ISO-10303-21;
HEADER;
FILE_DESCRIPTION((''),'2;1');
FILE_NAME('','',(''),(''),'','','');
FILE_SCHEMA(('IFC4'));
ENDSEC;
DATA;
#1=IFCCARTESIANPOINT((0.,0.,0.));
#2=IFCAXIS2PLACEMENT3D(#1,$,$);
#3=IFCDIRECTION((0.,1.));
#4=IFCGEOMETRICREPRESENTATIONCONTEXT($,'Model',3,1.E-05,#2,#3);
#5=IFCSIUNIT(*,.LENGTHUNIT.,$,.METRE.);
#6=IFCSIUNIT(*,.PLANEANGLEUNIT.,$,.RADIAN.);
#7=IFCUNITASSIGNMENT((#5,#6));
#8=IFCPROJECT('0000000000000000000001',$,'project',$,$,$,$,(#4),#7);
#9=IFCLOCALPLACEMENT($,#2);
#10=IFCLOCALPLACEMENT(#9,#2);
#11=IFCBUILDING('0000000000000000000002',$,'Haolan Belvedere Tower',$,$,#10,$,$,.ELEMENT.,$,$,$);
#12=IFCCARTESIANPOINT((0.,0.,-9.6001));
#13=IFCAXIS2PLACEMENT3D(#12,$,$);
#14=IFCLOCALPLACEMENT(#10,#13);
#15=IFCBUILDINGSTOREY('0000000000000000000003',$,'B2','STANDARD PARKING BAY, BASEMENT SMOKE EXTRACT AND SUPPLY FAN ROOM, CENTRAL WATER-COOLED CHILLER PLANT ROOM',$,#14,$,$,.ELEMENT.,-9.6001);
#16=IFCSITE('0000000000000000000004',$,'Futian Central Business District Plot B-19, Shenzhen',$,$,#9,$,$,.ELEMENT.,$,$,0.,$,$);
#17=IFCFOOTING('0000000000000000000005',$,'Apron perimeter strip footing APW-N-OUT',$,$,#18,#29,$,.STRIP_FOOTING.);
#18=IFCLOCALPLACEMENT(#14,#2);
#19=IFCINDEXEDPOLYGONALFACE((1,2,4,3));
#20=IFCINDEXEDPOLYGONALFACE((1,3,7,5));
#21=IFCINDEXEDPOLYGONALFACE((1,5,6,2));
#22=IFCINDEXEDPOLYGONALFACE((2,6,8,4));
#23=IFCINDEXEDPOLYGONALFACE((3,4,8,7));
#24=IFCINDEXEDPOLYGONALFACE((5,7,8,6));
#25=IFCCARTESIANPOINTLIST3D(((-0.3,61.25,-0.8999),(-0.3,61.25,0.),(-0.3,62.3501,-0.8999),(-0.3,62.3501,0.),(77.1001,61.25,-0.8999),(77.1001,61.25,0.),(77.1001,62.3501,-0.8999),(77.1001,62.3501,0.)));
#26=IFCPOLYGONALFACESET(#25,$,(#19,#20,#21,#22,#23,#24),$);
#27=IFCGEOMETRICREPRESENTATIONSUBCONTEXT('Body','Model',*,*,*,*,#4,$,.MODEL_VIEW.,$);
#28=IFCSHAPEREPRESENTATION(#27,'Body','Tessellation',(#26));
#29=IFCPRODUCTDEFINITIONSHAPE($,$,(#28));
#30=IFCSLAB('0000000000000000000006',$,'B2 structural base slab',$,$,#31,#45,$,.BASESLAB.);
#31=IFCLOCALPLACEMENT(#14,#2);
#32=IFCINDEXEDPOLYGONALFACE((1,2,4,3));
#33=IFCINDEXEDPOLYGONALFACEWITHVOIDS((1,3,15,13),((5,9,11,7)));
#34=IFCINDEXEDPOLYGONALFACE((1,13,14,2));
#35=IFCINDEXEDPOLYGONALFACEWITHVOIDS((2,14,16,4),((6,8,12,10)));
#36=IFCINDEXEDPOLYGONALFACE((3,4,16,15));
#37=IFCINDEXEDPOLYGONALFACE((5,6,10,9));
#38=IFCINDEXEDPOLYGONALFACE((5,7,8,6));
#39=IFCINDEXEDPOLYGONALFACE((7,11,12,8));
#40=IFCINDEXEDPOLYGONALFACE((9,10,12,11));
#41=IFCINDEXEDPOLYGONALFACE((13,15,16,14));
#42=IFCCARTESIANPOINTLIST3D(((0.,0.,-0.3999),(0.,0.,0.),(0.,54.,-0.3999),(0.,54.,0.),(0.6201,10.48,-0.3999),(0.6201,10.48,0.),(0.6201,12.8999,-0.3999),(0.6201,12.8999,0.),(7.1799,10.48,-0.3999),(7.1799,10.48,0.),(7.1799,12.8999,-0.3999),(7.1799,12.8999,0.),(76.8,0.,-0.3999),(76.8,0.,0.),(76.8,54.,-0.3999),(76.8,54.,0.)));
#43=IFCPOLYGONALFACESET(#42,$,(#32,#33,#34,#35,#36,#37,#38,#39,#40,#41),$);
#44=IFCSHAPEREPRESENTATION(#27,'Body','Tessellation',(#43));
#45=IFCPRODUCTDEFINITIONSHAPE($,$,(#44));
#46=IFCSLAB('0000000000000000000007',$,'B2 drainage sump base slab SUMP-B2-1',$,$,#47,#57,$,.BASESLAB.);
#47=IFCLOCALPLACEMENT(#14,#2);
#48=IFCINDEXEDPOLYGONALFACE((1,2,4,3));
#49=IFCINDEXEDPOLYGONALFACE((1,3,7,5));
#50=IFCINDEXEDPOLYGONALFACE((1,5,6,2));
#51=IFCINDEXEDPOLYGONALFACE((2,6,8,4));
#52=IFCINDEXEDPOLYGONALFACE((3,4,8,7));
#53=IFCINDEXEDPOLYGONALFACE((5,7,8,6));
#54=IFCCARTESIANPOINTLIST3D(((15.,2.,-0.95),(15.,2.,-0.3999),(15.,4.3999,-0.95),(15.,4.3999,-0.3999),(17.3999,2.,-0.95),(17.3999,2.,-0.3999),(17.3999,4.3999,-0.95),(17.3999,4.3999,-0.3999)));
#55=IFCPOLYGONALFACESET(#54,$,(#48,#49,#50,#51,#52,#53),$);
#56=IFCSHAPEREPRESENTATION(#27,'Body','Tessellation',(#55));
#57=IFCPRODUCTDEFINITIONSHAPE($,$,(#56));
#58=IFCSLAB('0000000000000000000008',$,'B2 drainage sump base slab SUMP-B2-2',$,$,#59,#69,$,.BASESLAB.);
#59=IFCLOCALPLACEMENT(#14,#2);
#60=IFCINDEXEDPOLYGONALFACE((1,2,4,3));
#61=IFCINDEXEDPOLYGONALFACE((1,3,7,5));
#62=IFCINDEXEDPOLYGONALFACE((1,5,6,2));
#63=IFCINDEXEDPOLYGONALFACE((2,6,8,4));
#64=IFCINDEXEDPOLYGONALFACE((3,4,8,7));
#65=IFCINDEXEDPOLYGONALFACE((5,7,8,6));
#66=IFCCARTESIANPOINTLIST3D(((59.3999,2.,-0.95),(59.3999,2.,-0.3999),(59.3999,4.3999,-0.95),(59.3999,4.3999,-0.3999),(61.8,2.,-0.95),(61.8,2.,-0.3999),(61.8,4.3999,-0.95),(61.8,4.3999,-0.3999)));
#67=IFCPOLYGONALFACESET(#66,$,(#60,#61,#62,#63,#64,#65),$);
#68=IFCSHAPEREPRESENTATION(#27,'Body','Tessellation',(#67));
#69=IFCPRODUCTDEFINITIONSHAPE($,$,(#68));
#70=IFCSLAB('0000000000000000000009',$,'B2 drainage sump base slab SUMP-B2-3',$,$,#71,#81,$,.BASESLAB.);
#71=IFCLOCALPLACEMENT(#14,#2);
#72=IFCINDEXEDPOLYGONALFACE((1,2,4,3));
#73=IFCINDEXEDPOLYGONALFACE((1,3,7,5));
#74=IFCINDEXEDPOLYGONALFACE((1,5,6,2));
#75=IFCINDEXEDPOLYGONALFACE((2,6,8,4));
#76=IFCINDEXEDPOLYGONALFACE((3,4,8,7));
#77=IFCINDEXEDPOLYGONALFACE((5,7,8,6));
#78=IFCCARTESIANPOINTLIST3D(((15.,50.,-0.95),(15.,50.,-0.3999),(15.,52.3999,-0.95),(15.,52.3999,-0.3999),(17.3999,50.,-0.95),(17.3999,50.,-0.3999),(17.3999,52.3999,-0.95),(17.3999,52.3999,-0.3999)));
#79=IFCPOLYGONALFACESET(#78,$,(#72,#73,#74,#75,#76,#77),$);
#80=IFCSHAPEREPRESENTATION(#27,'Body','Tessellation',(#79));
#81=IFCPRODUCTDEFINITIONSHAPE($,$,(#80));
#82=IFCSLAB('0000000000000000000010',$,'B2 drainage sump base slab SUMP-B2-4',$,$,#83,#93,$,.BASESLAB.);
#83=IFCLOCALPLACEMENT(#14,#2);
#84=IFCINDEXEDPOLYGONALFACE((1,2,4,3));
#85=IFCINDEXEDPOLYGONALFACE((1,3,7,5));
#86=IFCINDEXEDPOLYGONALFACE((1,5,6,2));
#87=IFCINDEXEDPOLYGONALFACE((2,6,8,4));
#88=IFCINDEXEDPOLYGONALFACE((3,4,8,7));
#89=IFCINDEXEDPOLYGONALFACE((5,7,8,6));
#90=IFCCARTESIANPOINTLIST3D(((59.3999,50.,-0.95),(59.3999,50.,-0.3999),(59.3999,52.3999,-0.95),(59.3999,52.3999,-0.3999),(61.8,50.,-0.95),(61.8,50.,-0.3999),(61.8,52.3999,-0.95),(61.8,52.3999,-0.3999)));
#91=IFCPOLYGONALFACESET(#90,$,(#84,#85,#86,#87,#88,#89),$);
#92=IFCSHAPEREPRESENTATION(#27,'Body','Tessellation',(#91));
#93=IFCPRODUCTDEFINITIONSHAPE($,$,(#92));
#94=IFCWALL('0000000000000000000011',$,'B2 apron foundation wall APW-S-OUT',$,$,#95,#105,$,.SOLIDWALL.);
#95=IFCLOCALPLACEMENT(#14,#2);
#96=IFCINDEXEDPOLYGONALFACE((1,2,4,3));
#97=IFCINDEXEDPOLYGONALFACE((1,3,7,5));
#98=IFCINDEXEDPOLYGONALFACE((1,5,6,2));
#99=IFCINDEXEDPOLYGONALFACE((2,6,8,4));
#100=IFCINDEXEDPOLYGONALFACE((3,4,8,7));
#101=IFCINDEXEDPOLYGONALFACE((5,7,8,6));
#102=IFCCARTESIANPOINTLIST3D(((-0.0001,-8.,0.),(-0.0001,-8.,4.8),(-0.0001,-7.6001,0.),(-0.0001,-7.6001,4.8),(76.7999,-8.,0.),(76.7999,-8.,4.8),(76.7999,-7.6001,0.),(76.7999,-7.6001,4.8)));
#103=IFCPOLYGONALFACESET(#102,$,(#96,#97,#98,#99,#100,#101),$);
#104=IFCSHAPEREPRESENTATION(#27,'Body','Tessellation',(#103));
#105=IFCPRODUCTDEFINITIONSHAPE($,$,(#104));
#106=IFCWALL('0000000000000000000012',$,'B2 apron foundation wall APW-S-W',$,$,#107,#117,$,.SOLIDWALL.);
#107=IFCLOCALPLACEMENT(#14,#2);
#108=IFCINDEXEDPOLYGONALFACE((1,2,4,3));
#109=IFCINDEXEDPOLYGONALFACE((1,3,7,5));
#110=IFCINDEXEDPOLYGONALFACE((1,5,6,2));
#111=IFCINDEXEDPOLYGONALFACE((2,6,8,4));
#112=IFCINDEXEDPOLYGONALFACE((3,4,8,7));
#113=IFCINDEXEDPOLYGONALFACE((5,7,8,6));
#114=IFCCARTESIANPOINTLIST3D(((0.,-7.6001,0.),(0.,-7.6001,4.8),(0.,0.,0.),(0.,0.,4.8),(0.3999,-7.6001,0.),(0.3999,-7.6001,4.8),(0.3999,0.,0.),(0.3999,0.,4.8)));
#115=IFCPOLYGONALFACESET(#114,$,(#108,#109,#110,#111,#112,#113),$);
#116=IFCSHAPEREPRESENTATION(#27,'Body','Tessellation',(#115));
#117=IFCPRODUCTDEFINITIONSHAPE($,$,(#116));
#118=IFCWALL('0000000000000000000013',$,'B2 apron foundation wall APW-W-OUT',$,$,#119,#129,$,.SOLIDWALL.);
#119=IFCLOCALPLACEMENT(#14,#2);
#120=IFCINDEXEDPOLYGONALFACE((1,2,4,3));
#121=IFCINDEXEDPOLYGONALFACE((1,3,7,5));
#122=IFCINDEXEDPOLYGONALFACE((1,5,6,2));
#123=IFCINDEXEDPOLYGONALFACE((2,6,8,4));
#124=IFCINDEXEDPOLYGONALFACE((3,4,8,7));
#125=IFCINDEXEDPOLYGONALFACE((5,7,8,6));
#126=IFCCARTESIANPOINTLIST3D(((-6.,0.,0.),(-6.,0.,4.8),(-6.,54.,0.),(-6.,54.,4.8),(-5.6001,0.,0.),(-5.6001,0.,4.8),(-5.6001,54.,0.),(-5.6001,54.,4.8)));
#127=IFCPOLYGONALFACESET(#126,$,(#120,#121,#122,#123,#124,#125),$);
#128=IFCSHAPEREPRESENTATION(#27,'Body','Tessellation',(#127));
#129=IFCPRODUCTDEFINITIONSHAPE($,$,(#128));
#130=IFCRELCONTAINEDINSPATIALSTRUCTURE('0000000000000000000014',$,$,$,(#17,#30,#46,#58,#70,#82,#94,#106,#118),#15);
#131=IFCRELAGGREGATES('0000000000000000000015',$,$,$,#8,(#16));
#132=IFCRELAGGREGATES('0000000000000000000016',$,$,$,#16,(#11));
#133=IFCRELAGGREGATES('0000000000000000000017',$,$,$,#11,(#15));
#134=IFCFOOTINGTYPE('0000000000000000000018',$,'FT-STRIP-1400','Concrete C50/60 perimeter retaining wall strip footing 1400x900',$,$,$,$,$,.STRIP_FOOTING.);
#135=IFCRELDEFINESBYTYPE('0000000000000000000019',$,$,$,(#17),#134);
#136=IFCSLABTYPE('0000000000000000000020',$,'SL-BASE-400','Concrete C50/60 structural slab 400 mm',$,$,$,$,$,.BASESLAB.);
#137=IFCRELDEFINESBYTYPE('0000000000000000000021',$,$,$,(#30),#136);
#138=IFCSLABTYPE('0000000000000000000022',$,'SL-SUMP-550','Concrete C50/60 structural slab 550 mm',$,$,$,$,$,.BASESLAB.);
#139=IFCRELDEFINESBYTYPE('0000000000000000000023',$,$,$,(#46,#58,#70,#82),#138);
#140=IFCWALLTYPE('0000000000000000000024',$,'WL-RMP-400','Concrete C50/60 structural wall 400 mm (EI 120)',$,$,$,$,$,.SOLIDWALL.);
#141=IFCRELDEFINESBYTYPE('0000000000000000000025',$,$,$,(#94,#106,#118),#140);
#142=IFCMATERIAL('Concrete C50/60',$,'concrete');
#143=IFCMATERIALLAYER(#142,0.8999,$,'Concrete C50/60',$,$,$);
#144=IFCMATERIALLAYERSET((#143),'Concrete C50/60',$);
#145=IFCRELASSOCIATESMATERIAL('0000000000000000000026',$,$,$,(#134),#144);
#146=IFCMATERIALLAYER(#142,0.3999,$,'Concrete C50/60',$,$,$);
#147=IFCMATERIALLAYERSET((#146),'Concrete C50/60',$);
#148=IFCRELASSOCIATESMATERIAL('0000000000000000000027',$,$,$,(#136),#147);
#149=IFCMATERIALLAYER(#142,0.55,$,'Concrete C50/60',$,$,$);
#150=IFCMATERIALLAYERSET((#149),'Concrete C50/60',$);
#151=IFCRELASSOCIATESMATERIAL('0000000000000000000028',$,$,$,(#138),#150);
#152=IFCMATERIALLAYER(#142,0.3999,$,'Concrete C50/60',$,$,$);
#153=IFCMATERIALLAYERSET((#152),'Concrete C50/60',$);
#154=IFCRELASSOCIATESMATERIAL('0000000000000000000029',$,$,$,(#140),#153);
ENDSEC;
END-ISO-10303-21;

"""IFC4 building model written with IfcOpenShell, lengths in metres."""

from ifc_helpers import new_model, si_unit, direction, frame, frame_2d, origin, place, context, subcontext, project, spatial, polyline, rectangle, outline, extrude, material, layer, layer_set, type_object, element, save


model = new_model("IFC4")

# Units and contexts
model_context = context("Model", 3, precision=1e-05, world=origin(), true_north=direction((0.0, 1.0)))
body_context = subcontext(model_context, "Body", "Model", "MODEL_VIEW")
ifc_project = project(units=[si_unit("LENGTHUNIT", "METRE"), si_unit("PLANEANGLEUNIT", "RADIAN")], contexts=[model_context])

# Site, building, storey
site_placement = place(None, origin())
site = spatial("IfcSite", under=ifc_project, at=site_placement, Name="Futian Central Business District Plot B-19, Shenzhen", CompositionType="ELEMENT", RefElevation=0.0)
building_placement = place(site_placement, origin())
building = spatial("IfcBuilding", under=site, at=building_placement, Name="Haolan Belvedere Tower", CompositionType="ELEMENT")
storey_placement = place(building_placement, frame((0.0, 0.0, -9.6001)))
storey = spatial("IfcBuildingStorey", under=building, at=storey_placement, Name="B2", Description="STANDARD PARKING BAY, BASEMENT SMOKE EXTRACT AND SUPPLY FAN ROOM, CENTRAL WATER-COOLED CHILLER PLANT ROOM", CompositionType="ELEMENT", Elevation=-9.6001)

# Footing
ifc_material = material(Name="Concrete C50/60", Category="concrete")
ifc_layer_1 = layer(ifc_material, 0.8999, Name="Concrete C50/60")
ifc_layer_set_1 = layer_set([ifc_layer_1], Name="Concrete C50/60")
footing_type_1 = type_object("IfcFootingType", Name="FT-STRIP-1400", Description="Concrete C50/60 perimeter retaining wall strip footing 1400x900", PredefinedType="STRIP_FOOTING", material=ifc_layer_set_1)
footing_1_placement = place(storey_placement, frame((0.0, 0.0, -0.8999)))
element("IfcFooting", 1, at=footing_1_placement, inside=storey, type_object=footing_type_1, Name="Apron perimeter strip footing APW-N-OUT", PredefinedType="STRIP_FOOTING", context=body_context, shape_type="SweptSolid", body=[
    extrude(outline(polyline([(-0.3, 61.25), (77.1001, 61.25), (77.1001, 62.3501), (-0.3, 62.3501), (-0.3, 61.25)])), origin(), (0.0, 0.0, 1.0), 0.8999),
])

# Slabs
ifc_layer_2 = layer(ifc_material, 0.3999, Name="Concrete C50/60")
ifc_layer_set_2 = layer_set([ifc_layer_2], Name="Concrete C50/60")
slab_type_1 = type_object("IfcSlabType", Name="SL-BASE-400", Description="Concrete C50/60 structural slab 400 mm", PredefinedType="BASESLAB", material=ifc_layer_set_2)
slab_1_placement = place(storey_placement, frame((0.0, 0.0, -0.3999)))
element("IfcSlab", 2, at=slab_1_placement, inside=storey, type_object=slab_type_1, Name="B2 structural base slab", PredefinedType="BASESLAB", context=body_context, shape_type="SweptSolid", body=[
    extrude(outline(polyline([(0.0, 0.0), (76.8, 0.0), (76.8, 54.0), (0.0, 54.0), (0.0, 0.0)]), holes=[polyline([(0.6201, 10.48), (7.1799, 10.48), (7.1799, 12.8999), (0.6201, 12.8999), (0.6201, 10.48)])]), origin(), (0.0, 0.0, 1.0), 0.3999),
])
ifc_layer_3 = layer(ifc_material, 0.55, Name="Concrete C50/60")
ifc_layer_set_3 = layer_set([ifc_layer_3], Name="Concrete C50/60")
slab_type_2 = type_object("IfcSlabType", Name="SL-SUMP-550", Description="Concrete C50/60 structural slab 550 mm", PredefinedType="BASESLAB", material=ifc_layer_set_3)
slab_2_placement = place(storey_placement, frame((0.0, 0.0, -0.95)))
element("IfcSlab", 3, at=slab_2_placement, inside=storey, type_object=slab_type_2, Name="B2 drainage sump base slab SUMP-B2-1", PredefinedType="BASESLAB", context=body_context, shape_type="SweptSolid", body=[
    extrude(outline(polyline([(15.0, 2.0), (17.3999, 2.0), (17.3999, 4.3999), (15.0, 4.3999), (15.0, 2.0)])), origin(), (0.0, 0.0, 1.0), 0.55),
])
slab_3_placement = place(storey_placement, frame((0.0, 0.0, -0.95)))
element("IfcSlab", 4, at=slab_3_placement, inside=storey, type_object=slab_type_2, Name="B2 drainage sump base slab SUMP-B2-2", PredefinedType="BASESLAB", context=body_context, shape_type="SweptSolid", body=[
    extrude(outline(polyline([(59.3999, 2.0), (61.8, 2.0), (61.8, 4.3999), (59.3999, 4.3999), (59.3999, 2.0)])), origin(), (0.0, 0.0, 1.0), 0.55),
])
slab_4_placement = place(storey_placement, frame((0.0, 0.0, -0.95)))
element("IfcSlab", 5, at=slab_4_placement, inside=storey, type_object=slab_type_2, Name="B2 drainage sump base slab SUMP-B2-3", PredefinedType="BASESLAB", context=body_context, shape_type="SweptSolid", body=[
    extrude(outline(polyline([(15.0, 50.0), (17.3999, 50.0), (17.3999, 52.3999), (15.0, 52.3999), (15.0, 50.0)])), origin(), (0.0, 0.0, 1.0), 0.55),
])
slab_5_placement = place(storey_placement, frame((0.0, 0.0, -0.95)))
element("IfcSlab", 6, at=slab_5_placement, inside=storey, type_object=slab_type_2, Name="B2 drainage sump base slab SUMP-B2-4", PredefinedType="BASESLAB", context=body_context, shape_type="SweptSolid", body=[
    extrude(outline(polyline([(59.3999, 50.0), (61.8, 50.0), (61.8, 52.3999), (59.3999, 52.3999), (59.3999, 50.0)])), origin(), (0.0, 0.0, 1.0), 0.55),
])

# Walls
ifc_layer_4 = layer(ifc_material, 0.3999, Name="Concrete C50/60")
ifc_layer_set_4 = layer_set([ifc_layer_4], Name="Concrete C50/60")
wall_type = type_object("IfcWallType", Name="WL-RMP-400", Description="Concrete C50/60 structural wall 400 mm (EI 120)", PredefinedType="SOLIDWALL", material=ifc_layer_set_4)
wall_1_placement = place(storey_placement, frame((0.0, -7.8, 0.0), z_axis=(0.0, 0.0, 1.0), x_axis=(1.0, 0.0, 0.0)))
element("IfcWall", 7, at=wall_1_placement, inside=storey, type_object=wall_type, Name="B2 apron foundation wall APW-S-OUT", PredefinedType="SOLIDWALL", context=body_context, shape_type="SweptSolid", body=[
    extrude(rectangle(XDim=76.8, YDim=0.3999, at=frame_2d((38.3999, 0.0))), origin(), (0.0, 0.0, 1.0), 4.8),
])
wall_2_placement = place(storey_placement, frame((0.2, -7.6001, 0.0), z_axis=(0.0, 0.0, 1.0), x_axis=(0.0, 1.0, 0.0)))
element("IfcWall", 8, at=wall_2_placement, inside=storey, type_object=wall_type, Name="B2 apron foundation wall APW-S-W", PredefinedType="SOLIDWALL", context=body_context, shape_type="SweptSolid", body=[
    extrude(rectangle(XDim=7.6001, YDim=0.3999, at=frame_2d((3.8, 0.0))), origin(), (0.0, 0.0, 1.0), 4.8),
])
wall_3_placement = place(storey_placement, frame((-5.8, 0.0, 0.0), z_axis=(0.0, 0.0, 1.0), x_axis=(0.0, 1.0, 0.0)))
element("IfcWall", 9, at=wall_3_placement, inside=storey, type_object=wall_type, Name="B2 apron foundation wall APW-W-OUT", PredefinedType="SOLIDWALL", context=body_context, shape_type="SweptSolid", body=[
    extrude(rectangle(XDim=54.0, YDim=0.3999, at=frame_2d((27.0, 0.0))), origin(), (0.0, 0.0, 1.0), 4.8),
])

save(model, "model.ifc")
